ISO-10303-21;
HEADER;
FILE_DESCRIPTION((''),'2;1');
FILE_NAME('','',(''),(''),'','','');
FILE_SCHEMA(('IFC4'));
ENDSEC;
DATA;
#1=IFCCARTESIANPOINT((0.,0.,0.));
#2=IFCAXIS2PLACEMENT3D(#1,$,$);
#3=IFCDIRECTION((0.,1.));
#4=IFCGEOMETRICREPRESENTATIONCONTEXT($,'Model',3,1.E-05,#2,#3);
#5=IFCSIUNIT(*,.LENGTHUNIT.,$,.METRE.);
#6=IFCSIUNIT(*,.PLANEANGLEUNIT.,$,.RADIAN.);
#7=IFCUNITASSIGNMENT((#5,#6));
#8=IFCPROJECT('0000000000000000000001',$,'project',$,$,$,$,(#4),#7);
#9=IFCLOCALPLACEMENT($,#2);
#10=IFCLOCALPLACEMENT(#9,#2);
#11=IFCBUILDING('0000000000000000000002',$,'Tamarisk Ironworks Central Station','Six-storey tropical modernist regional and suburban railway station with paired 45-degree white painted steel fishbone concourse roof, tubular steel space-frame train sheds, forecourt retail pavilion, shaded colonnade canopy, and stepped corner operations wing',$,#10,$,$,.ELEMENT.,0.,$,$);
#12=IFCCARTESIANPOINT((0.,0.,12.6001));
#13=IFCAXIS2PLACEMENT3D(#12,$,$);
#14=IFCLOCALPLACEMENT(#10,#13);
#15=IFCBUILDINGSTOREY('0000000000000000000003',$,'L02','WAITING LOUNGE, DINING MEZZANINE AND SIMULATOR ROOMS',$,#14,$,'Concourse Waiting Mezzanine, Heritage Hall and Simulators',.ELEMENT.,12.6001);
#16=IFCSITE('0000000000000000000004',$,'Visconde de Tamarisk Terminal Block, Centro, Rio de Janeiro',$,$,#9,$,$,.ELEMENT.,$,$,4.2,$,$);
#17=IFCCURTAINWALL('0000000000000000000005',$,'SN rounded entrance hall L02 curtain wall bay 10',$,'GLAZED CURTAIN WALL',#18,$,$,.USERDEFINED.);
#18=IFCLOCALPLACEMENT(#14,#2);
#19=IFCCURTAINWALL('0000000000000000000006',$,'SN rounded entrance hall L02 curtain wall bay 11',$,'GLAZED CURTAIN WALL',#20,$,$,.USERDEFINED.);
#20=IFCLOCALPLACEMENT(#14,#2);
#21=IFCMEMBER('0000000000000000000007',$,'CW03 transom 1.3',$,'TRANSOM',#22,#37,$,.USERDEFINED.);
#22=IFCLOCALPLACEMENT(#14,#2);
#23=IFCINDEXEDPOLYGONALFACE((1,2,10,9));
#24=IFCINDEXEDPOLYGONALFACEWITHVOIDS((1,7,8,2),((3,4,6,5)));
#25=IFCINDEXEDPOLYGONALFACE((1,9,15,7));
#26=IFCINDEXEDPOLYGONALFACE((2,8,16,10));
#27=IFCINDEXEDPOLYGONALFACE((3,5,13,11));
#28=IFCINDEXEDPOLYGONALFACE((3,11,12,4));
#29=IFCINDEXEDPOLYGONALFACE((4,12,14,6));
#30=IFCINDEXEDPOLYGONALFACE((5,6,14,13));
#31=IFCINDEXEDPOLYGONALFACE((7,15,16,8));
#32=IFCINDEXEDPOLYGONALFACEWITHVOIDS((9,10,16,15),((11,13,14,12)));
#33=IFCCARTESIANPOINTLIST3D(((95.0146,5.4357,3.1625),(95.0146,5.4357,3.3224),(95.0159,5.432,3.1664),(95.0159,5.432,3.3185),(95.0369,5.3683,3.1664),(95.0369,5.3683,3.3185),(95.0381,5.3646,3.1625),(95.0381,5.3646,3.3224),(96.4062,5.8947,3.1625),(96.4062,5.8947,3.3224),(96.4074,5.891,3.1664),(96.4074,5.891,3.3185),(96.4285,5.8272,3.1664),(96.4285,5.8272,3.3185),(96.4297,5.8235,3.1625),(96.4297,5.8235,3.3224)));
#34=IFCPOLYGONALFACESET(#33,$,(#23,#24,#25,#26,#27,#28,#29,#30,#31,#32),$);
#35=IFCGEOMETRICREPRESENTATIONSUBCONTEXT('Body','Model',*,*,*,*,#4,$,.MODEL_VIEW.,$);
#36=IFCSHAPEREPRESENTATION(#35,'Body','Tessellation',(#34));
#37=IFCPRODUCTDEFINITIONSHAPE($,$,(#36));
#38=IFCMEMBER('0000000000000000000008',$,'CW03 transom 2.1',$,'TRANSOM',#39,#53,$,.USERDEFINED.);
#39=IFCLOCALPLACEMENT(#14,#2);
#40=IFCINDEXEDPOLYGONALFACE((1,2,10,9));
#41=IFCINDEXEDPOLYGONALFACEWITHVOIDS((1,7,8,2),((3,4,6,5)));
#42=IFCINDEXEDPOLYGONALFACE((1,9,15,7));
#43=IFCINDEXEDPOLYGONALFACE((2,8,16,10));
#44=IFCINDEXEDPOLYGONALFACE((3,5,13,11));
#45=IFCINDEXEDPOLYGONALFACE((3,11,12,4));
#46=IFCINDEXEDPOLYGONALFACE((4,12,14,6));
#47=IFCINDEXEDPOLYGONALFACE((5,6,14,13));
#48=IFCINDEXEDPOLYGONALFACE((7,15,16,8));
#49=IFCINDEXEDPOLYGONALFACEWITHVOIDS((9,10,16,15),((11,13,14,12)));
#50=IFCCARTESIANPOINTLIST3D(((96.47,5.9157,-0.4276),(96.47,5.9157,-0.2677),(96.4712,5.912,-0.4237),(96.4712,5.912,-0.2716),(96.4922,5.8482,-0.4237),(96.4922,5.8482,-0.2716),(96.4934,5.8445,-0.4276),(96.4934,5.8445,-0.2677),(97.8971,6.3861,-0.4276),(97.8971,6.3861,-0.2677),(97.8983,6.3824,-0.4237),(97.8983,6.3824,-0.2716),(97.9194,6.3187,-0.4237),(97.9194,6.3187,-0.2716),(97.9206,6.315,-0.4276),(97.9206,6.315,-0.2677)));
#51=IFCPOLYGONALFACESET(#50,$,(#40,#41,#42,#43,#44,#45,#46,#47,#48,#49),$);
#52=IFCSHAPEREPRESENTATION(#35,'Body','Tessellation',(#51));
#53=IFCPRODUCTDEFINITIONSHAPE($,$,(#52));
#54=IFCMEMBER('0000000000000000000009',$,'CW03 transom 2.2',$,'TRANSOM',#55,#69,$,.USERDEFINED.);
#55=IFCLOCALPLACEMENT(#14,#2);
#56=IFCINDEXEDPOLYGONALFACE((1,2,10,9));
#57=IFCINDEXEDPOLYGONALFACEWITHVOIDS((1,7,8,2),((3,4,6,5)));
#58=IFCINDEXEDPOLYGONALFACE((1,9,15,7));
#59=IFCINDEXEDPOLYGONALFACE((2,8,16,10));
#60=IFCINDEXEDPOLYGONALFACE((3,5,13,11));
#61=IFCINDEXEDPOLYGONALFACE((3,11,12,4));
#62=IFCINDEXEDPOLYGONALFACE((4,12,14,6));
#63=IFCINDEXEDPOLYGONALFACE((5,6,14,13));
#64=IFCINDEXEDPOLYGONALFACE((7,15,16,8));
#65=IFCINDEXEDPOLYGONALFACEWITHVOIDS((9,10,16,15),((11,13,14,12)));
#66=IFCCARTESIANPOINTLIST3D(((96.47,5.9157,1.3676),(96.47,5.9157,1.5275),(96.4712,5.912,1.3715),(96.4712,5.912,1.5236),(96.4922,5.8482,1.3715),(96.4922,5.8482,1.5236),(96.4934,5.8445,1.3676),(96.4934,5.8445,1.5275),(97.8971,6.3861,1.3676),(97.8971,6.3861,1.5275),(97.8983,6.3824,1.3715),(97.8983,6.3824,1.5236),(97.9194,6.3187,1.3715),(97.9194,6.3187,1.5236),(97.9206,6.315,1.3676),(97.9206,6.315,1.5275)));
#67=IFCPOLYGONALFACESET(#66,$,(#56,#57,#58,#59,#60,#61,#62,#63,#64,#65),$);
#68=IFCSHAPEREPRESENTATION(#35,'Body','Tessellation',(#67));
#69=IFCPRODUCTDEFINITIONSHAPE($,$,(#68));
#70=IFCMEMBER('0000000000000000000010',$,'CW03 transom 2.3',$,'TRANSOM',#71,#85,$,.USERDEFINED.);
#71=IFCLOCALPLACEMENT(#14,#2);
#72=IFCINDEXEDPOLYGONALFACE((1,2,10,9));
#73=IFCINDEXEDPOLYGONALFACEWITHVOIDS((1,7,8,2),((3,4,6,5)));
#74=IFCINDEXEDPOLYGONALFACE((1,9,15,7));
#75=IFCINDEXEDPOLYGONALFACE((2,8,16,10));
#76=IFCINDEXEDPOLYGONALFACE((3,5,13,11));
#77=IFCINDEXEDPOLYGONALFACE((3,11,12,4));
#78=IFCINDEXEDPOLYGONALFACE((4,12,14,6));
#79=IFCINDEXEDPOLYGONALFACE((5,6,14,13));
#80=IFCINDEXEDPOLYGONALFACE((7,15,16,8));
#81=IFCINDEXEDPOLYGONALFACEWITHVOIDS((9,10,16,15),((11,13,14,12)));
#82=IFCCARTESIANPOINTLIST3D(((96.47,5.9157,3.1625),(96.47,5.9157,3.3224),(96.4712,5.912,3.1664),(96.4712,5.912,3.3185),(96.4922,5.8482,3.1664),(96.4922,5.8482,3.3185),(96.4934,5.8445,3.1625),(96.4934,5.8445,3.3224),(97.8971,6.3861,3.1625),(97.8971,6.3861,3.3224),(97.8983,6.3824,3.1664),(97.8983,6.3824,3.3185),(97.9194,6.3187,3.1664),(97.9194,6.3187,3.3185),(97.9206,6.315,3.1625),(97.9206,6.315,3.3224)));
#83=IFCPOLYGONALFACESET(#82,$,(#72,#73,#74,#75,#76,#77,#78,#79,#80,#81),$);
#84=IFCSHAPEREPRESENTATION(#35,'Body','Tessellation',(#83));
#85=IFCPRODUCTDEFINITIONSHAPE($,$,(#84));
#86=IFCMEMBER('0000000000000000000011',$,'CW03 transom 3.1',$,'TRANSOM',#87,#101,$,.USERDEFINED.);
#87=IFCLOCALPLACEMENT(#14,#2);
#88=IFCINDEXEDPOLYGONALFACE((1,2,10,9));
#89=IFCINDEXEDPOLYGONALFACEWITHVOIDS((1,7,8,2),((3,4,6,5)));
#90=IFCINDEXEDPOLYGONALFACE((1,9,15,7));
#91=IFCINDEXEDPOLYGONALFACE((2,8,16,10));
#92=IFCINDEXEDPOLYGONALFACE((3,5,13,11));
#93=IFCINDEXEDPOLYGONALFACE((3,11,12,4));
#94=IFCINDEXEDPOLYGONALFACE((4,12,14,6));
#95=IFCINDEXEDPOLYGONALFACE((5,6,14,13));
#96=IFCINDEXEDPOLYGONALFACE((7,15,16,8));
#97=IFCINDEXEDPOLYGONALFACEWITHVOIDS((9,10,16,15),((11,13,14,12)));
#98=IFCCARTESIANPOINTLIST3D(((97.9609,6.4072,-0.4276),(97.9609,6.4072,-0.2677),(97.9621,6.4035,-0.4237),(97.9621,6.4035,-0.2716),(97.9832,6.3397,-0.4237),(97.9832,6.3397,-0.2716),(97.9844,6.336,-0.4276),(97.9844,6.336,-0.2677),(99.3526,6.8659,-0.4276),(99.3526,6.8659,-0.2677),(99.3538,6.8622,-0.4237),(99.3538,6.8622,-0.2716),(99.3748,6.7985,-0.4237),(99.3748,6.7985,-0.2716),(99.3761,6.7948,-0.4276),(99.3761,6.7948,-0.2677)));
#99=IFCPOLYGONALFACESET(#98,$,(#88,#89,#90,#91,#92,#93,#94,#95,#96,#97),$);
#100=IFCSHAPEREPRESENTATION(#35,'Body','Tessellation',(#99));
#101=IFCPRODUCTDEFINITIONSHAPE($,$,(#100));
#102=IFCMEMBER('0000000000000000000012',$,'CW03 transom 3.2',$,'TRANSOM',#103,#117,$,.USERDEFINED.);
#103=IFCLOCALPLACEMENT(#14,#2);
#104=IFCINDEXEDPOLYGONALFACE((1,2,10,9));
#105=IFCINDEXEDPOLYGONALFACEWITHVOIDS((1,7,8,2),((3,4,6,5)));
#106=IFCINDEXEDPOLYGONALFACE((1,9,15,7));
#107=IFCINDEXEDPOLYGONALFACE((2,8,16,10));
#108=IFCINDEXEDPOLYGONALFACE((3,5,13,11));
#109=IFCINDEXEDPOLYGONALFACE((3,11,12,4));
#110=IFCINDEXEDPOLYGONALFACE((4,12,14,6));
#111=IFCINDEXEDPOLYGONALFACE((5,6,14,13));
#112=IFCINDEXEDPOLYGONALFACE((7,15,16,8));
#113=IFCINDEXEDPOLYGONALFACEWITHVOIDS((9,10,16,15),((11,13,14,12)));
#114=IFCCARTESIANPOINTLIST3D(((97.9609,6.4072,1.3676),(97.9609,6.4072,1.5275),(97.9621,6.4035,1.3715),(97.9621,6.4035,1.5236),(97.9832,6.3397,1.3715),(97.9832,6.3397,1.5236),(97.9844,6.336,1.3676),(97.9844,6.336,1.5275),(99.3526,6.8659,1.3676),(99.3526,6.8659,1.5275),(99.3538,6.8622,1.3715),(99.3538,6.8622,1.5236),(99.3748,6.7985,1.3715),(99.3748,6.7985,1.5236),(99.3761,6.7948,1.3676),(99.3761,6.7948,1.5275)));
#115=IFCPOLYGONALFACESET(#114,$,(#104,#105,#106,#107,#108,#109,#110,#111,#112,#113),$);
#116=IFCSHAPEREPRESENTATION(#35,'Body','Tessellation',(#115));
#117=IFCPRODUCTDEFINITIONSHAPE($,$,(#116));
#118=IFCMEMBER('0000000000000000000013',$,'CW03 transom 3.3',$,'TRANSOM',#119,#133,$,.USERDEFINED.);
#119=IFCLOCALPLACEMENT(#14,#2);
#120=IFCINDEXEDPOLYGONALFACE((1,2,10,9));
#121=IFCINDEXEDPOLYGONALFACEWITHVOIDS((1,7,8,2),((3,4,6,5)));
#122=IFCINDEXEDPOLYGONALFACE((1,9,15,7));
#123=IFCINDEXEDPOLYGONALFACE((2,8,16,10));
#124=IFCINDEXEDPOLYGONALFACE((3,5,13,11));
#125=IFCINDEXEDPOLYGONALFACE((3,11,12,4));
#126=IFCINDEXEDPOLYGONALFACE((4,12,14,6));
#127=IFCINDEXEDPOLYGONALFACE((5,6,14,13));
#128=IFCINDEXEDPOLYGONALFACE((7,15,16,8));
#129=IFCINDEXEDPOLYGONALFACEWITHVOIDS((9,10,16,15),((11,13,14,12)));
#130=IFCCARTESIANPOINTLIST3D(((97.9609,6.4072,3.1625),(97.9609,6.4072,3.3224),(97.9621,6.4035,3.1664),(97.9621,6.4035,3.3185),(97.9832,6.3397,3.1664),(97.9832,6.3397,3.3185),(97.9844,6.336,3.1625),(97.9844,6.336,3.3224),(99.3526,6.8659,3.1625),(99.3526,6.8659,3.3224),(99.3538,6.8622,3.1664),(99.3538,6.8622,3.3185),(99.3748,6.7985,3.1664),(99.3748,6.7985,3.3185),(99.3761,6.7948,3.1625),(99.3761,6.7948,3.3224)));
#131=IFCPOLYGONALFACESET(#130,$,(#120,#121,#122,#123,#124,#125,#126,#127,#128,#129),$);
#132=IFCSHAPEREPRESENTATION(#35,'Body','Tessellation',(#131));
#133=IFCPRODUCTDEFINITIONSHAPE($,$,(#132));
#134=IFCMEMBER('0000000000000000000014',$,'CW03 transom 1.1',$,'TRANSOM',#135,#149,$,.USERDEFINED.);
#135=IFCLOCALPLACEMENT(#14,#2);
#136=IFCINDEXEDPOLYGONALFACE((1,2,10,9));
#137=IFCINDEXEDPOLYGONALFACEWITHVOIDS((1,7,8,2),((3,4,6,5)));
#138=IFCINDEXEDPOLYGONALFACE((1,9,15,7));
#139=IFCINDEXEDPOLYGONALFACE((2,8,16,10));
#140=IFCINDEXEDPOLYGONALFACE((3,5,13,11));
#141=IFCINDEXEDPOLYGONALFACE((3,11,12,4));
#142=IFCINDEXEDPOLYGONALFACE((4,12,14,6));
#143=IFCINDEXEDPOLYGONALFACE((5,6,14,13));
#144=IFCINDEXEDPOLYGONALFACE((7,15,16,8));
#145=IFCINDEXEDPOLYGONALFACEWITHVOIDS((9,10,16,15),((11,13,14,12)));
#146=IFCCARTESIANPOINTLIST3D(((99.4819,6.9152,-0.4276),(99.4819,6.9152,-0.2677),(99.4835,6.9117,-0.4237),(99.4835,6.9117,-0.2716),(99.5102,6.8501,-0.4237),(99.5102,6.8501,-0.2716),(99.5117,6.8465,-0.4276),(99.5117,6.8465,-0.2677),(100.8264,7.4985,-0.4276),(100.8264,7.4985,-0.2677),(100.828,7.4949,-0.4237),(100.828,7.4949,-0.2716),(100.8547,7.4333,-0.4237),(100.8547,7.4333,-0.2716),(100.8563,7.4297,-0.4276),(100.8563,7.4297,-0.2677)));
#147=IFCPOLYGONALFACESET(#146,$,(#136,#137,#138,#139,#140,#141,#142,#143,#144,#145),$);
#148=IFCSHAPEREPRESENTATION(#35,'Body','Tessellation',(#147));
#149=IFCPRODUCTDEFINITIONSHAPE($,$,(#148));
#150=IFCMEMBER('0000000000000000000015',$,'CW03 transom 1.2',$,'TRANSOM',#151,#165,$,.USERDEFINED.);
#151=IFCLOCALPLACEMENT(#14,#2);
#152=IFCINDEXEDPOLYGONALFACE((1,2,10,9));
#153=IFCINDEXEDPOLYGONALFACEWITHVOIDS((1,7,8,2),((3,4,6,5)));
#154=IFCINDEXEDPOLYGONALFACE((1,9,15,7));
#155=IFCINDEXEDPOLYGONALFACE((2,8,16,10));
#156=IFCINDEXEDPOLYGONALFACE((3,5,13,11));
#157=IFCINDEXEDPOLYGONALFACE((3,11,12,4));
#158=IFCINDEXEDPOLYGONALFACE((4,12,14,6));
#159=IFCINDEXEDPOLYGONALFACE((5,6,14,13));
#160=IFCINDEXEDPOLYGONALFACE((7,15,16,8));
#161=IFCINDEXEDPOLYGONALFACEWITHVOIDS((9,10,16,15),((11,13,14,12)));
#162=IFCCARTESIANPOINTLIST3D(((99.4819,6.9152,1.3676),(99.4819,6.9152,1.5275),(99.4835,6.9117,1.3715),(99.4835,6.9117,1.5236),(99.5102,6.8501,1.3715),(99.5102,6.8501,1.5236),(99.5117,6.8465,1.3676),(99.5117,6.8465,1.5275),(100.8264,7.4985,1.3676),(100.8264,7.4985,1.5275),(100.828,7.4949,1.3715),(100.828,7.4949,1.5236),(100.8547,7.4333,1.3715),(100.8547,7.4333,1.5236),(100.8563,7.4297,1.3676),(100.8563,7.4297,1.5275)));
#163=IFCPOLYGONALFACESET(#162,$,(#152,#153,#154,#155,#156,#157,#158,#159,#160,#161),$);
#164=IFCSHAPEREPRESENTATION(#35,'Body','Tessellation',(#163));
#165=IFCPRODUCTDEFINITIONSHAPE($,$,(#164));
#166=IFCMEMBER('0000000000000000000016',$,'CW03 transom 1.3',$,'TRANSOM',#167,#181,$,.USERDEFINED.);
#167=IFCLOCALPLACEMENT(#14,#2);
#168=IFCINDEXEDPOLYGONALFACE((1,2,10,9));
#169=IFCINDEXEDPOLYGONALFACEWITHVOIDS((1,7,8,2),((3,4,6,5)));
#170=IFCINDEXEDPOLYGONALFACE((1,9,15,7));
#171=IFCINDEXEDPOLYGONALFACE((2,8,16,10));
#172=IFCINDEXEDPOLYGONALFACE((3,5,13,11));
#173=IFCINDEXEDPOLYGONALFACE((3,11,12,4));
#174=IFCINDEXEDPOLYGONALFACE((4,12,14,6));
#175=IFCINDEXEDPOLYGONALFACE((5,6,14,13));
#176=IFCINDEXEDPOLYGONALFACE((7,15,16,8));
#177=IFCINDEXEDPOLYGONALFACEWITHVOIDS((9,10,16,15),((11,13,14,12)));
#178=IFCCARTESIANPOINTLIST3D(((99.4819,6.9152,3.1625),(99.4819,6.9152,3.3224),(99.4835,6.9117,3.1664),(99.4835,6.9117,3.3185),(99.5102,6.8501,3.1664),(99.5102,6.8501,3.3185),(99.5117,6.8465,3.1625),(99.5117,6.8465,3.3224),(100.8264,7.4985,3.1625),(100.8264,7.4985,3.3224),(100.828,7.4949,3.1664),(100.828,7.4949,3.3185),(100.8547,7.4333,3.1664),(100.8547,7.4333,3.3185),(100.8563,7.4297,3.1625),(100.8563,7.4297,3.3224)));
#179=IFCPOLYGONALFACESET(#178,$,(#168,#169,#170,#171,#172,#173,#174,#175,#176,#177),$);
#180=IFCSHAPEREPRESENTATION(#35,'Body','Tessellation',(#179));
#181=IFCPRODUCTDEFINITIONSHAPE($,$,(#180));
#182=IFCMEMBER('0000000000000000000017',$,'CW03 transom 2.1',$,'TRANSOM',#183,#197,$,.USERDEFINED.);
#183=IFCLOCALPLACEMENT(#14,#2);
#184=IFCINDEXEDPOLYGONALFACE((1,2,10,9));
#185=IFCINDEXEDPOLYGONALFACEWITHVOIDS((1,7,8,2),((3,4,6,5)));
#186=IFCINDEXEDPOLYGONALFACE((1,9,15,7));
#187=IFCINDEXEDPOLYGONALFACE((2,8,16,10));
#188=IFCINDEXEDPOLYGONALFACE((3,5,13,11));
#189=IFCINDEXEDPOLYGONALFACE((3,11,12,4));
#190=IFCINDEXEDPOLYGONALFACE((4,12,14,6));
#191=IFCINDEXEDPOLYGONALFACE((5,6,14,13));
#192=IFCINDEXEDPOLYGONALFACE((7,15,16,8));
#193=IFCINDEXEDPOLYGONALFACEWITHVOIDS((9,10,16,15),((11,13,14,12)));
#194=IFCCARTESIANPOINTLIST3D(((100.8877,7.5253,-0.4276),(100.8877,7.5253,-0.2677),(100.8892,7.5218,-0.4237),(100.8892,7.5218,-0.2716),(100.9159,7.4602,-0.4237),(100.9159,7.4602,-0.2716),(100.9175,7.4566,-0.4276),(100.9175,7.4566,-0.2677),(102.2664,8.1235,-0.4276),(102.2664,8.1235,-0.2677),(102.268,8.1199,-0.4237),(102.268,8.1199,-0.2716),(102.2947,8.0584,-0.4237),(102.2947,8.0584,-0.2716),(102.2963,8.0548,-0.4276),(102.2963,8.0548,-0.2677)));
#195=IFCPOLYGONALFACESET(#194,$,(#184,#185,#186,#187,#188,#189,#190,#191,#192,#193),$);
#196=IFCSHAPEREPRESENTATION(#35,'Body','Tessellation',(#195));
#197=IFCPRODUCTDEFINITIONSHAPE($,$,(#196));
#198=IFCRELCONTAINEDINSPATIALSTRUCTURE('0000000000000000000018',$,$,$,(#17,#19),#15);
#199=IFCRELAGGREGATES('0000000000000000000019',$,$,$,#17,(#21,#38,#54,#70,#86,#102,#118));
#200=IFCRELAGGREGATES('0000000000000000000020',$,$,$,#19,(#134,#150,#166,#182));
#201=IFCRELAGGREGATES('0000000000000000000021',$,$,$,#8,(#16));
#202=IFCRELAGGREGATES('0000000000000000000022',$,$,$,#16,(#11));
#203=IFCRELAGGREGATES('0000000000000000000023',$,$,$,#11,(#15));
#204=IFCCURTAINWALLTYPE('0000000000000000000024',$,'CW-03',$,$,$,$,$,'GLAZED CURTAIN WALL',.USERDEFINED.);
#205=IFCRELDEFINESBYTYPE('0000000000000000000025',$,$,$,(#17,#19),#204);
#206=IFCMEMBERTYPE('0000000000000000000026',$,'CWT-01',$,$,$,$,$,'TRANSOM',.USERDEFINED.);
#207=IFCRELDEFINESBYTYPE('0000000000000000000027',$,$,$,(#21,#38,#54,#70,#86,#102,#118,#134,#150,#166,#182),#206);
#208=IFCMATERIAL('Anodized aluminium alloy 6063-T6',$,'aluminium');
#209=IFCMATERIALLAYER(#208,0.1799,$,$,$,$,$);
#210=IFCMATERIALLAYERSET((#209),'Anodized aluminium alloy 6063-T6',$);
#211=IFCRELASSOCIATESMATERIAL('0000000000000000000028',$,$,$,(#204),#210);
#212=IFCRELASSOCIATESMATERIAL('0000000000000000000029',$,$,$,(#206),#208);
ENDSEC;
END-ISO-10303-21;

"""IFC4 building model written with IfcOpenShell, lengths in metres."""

from ifc_helpers import new_model, si_unit, direction, frame, origin, origin_2d, place, context, subcontext, project, spatial, hollow_rectangle, extrude, material, layer, layer_set, material_profile, profile_set, type_object, element, aggregate, save


model = new_model("IFC4")

# Units and contexts
model_context = context("Model", 3, precision=1e-05, world=origin(), true_north=direction((0.0, 1.0)))
body_context = subcontext(model_context, "Body", "Model", "MODEL_VIEW")
ifc_project = project(units=[si_unit("LENGTHUNIT", "METRE"), si_unit("PLANEANGLEUNIT", "RADIAN")], contexts=[model_context])

# Site, building, storey
site_placement = place(None, origin())
site = spatial("IfcSite", under=ifc_project, at=site_placement, Name="Visconde de Tamarisk Terminal Block, Centro, Rio de Janeiro", CompositionType="ELEMENT", RefElevation=4.2)
building_placement = place(site_placement, origin())
building = spatial("IfcBuilding", under=site, at=building_placement, Name="Tamarisk Ironworks Central Station", Description="Six-storey tropical modernist regional and suburban railway station with paired 45-degree white painted steel fishbone concourse roof, tubular steel space-frame train sheds, forecourt retail pavilion, shaded colonnade canopy, and stepped corner operations wing", CompositionType="ELEMENT", ElevationOfRefHeight=0.0)
storey_placement = place(building_placement, frame((0.0, 0.0, 12.6001)))
storey = spatial("IfcBuildingStorey", under=building, at=storey_placement, Name="L02", Description="WAITING LOUNGE, DINING MEZZANINE AND SIMULATOR ROOMS", LongName="Concourse Waiting Mezzanine, Heritage Hall and Simulators", CompositionType="ELEMENT", Elevation=12.6001)

# Curtain walls
ifc_material_1 = material(Name="Anodized aluminium alloy 6063-T6", Category="aluminium")
ifc_layer_1 = layer(ifc_material_1, 0.1799)
ifc_layer_set_1 = layer_set([ifc_layer_1], Name="Anodized aluminium alloy 6063-T6")
curtain_wall_type = type_object("IfcCurtainWallType", Name="CW-03", ElementType="GLAZED CURTAIN WALL", PredefinedType="USERDEFINED", material=ifc_layer_set_1)
curtain_wall_1_placement = place(storey_placement, origin())
curtain_wall_1 = element("IfcCurtainWall", 1, at=curtain_wall_1_placement, inside=storey, type_object=curtain_wall_type, Name="SN rounded entrance hall L02 curtain wall bay 10", ObjectType="GLAZED CURTAIN WALL", PredefinedType="USERDEFINED")
curtain_wall_2_placement = place(storey_placement, origin())
curtain_wall_2 = element("IfcCurtainWall", 2, at=curtain_wall_2_placement, inside=storey, type_object=curtain_wall_type, Name="SN rounded entrance hall L02 curtain wall bay 11", ObjectType="GLAZED CURTAIN WALL", PredefinedType="USERDEFINED")

# Members
ifc_material_profile_1 = material_profile(ifc_material_1, hollow_rectangle(XDim=0.075, YDim=0.1599, WallThickness=0.0039, at=origin_2d()), Name="ALUM 160x75")
ifc_profile_set_1 = profile_set([ifc_material_profile_1], Name="Anodized aluminium alloy 6063-T6")
member_type_1 = type_object("IfcMemberType", Name="CWT-01", ElementType="TRANSOM", PredefinedType="USERDEFINED", material=ifc_profile_set_1)
member_1_placement = place(storey_placement, frame((95.0264, 5.4001, 3.2424), z_axis=(0.949678, 0.313227, 0.0), x_axis=(-0.313227, 0.949678, 0.0)))
member_1 = element("IfcMember", 3, at=member_1_placement, type_object=member_type_1, Name="CW03 transom 1.3", ObjectType="TRANSOM", PredefinedType="USERDEFINED", context=body_context, shape_type="SweptSolid", body=[
    extrude(hollow_rectangle(XDim=0.075, YDim=0.1599, WallThickness=0.0039, at=origin_2d()), origin(), (0.0, 0.0, 1.0), 1.4653),
])
member_2_placement = place(storey_placement, frame((96.4817, 5.8801, -0.3477), z_axis=(0.949734, 0.313058, 0.0), x_axis=(-0.313058, 0.949734, 0.0)))
member_2 = element("IfcMember", 4, at=member_2_placement, type_object=member_type_1, Name="CW03 transom 2.1", ObjectType="TRANSOM", PredefinedType="USERDEFINED", context=body_context, shape_type="SweptSolid", body=[
    extrude(hollow_rectangle(XDim=0.075, YDim=0.1599, WallThickness=0.0039, at=origin_2d()), origin(), (0.0, 0.0, 1.0), 1.5027),
])
member_3_placement = place(storey_placement, frame((96.4817, 5.8801, 1.4475), z_axis=(0.949734, 0.313058, 0.0), x_axis=(-0.313058, 0.949734, 0.0)))
member_3 = element("IfcMember", 5, at=member_3_placement, type_object=member_type_1, Name="CW03 transom 2.2", ObjectType="TRANSOM", PredefinedType="USERDEFINED", context=body_context, shape_type="SweptSolid", body=[
    extrude(hollow_rectangle(XDim=0.075, YDim=0.1599, WallThickness=0.0039, at=origin_2d()), origin(), (0.0, 0.0, 1.0), 1.5027),
])
member_4_placement = place(storey_placement, frame((96.4817, 5.8801, 3.2424), z_axis=(0.949734, 0.313058, 0.0), x_axis=(-0.313058, 0.949734, 0.0)))
member_4 = element("IfcMember", 6, at=member_4_placement, type_object=member_type_1, Name="CW03 transom 2.3", ObjectType="TRANSOM", PredefinedType="USERDEFINED", context=body_context, shape_type="SweptSolid", body=[
    extrude(hollow_rectangle(XDim=0.075, YDim=0.1599, WallThickness=0.0039, at=origin_2d()), origin(), (0.0, 0.0, 1.0), 1.5027),
])
member_5_placement = place(storey_placement, frame((97.9727, 6.3716, -0.3477), z_axis=(0.949728, 0.313077, 0.0), x_axis=(-0.313077, 0.949728, 0.0)))
member_5 = element("IfcMember", 7, at=member_5_placement, type_object=member_type_1, Name="CW03 transom 3.1", ObjectType="TRANSOM", PredefinedType="USERDEFINED", context=body_context, shape_type="SweptSolid", body=[
    extrude(hollow_rectangle(XDim=0.075, YDim=0.1599, WallThickness=0.0039, at=origin_2d()), origin(), (0.0, 0.0, 1.0), 1.4653),
])
member_6_placement = place(storey_placement, frame((97.9727, 6.3716, 1.4475), z_axis=(0.949728, 0.313077, 0.0), x_axis=(-0.313077, 0.949728, 0.0)))
member_6 = element("IfcMember", 8, at=member_6_placement, type_object=member_type_1, Name="CW03 transom 3.2", ObjectType="TRANSOM", PredefinedType="USERDEFINED", context=body_context, shape_type="SweptSolid", body=[
    extrude(hollow_rectangle(XDim=0.075, YDim=0.1599, WallThickness=0.0039, at=origin_2d()), origin(), (0.0, 0.0, 1.0), 1.4653),
])
member_7_placement = place(storey_placement, frame((97.9727, 6.3716, 3.2424), z_axis=(0.949728, 0.313077, 0.0), x_axis=(-0.313077, 0.949728, 0.0)))
member_7 = element("IfcMember", 9, at=member_7_placement, type_object=member_type_1, Name="CW03 transom 3.3", ObjectType="TRANSOM", PredefinedType="USERDEFINED", context=body_context, shape_type="SweptSolid", body=[
    extrude(hollow_rectangle(XDim=0.075, YDim=0.1599, WallThickness=0.0039, at=origin_2d()), origin(), (0.0, 0.0, 1.0), 1.4653),
])
member_8_placement = place(storey_placement, frame((99.4968, 6.8809, -0.3477), z_axis=(0.917396, 0.397977, 0.0), x_axis=(-0.397977, 0.917396, 0.0)))
member_8 = element("IfcMember", 10, at=member_8_placement, type_object=member_type_1, Name="CW03 transom 1.1", ObjectType="TRANSOM", PredefinedType="USERDEFINED", context=body_context, shape_type="SweptSolid", body=[
    extrude(hollow_rectangle(XDim=0.075, YDim=0.1599, WallThickness=0.0039, at=origin_2d()), origin(), (0.0, 0.0, 1.0), 1.4656),
])
member_9_placement = place(storey_placement, frame((99.4968, 6.8809, 1.4475), z_axis=(0.917396, 0.397977, 0.0), x_axis=(-0.397977, 0.917396, 0.0)))
member_9 = element("IfcMember", 11, at=member_9_placement, type_object=member_type_1, Name="CW03 transom 1.2", ObjectType="TRANSOM", PredefinedType="USERDEFINED", context=body_context, shape_type="SweptSolid", body=[
    extrude(hollow_rectangle(XDim=0.075, YDim=0.1599, WallThickness=0.0039, at=origin_2d()), origin(), (0.0, 0.0, 1.0), 1.4656),
])
member_10_placement = place(storey_placement, frame((99.4968, 6.8809, 3.2424), z_axis=(0.917396, 0.397977, 0.0), x_axis=(-0.397977, 0.917396, 0.0)))
member_10 = element("IfcMember", 12, at=member_10_placement, type_object=member_type_1, Name="CW03 transom 1.3", ObjectType="TRANSOM", PredefinedType="USERDEFINED", context=body_context, shape_type="SweptSolid", body=[
    extrude(hollow_rectangle(XDim=0.075, YDim=0.1599, WallThickness=0.0039, at=origin_2d()), origin(), (0.0, 0.0, 1.0), 1.4656),
])
member_11_placement = place(storey_placement, frame((100.9026, 7.491, -0.3477), z_axis=(0.91738, 0.398013, 0.0), x_axis=(-0.398013, 0.91738, 0.0)))
member_11 = element("IfcMember", 13, at=member_11_placement, type_object=member_type_1, Name="CW03 transom 2.1", ObjectType="TRANSOM", PredefinedType="USERDEFINED", context=body_context, shape_type="SweptSolid", body=[
    extrude(hollow_rectangle(XDim=0.075, YDim=0.1599, WallThickness=0.0039, at=origin_2d()), origin(), (0.0, 0.0, 1.0), 1.5029),
])

aggregate(curtain_wall_1, [member_1, member_2, member_3, member_4, member_5, member_6, member_7])
aggregate(curtain_wall_2, [member_8, member_9, member_10, member_11])

save(model, "model.ifc")
